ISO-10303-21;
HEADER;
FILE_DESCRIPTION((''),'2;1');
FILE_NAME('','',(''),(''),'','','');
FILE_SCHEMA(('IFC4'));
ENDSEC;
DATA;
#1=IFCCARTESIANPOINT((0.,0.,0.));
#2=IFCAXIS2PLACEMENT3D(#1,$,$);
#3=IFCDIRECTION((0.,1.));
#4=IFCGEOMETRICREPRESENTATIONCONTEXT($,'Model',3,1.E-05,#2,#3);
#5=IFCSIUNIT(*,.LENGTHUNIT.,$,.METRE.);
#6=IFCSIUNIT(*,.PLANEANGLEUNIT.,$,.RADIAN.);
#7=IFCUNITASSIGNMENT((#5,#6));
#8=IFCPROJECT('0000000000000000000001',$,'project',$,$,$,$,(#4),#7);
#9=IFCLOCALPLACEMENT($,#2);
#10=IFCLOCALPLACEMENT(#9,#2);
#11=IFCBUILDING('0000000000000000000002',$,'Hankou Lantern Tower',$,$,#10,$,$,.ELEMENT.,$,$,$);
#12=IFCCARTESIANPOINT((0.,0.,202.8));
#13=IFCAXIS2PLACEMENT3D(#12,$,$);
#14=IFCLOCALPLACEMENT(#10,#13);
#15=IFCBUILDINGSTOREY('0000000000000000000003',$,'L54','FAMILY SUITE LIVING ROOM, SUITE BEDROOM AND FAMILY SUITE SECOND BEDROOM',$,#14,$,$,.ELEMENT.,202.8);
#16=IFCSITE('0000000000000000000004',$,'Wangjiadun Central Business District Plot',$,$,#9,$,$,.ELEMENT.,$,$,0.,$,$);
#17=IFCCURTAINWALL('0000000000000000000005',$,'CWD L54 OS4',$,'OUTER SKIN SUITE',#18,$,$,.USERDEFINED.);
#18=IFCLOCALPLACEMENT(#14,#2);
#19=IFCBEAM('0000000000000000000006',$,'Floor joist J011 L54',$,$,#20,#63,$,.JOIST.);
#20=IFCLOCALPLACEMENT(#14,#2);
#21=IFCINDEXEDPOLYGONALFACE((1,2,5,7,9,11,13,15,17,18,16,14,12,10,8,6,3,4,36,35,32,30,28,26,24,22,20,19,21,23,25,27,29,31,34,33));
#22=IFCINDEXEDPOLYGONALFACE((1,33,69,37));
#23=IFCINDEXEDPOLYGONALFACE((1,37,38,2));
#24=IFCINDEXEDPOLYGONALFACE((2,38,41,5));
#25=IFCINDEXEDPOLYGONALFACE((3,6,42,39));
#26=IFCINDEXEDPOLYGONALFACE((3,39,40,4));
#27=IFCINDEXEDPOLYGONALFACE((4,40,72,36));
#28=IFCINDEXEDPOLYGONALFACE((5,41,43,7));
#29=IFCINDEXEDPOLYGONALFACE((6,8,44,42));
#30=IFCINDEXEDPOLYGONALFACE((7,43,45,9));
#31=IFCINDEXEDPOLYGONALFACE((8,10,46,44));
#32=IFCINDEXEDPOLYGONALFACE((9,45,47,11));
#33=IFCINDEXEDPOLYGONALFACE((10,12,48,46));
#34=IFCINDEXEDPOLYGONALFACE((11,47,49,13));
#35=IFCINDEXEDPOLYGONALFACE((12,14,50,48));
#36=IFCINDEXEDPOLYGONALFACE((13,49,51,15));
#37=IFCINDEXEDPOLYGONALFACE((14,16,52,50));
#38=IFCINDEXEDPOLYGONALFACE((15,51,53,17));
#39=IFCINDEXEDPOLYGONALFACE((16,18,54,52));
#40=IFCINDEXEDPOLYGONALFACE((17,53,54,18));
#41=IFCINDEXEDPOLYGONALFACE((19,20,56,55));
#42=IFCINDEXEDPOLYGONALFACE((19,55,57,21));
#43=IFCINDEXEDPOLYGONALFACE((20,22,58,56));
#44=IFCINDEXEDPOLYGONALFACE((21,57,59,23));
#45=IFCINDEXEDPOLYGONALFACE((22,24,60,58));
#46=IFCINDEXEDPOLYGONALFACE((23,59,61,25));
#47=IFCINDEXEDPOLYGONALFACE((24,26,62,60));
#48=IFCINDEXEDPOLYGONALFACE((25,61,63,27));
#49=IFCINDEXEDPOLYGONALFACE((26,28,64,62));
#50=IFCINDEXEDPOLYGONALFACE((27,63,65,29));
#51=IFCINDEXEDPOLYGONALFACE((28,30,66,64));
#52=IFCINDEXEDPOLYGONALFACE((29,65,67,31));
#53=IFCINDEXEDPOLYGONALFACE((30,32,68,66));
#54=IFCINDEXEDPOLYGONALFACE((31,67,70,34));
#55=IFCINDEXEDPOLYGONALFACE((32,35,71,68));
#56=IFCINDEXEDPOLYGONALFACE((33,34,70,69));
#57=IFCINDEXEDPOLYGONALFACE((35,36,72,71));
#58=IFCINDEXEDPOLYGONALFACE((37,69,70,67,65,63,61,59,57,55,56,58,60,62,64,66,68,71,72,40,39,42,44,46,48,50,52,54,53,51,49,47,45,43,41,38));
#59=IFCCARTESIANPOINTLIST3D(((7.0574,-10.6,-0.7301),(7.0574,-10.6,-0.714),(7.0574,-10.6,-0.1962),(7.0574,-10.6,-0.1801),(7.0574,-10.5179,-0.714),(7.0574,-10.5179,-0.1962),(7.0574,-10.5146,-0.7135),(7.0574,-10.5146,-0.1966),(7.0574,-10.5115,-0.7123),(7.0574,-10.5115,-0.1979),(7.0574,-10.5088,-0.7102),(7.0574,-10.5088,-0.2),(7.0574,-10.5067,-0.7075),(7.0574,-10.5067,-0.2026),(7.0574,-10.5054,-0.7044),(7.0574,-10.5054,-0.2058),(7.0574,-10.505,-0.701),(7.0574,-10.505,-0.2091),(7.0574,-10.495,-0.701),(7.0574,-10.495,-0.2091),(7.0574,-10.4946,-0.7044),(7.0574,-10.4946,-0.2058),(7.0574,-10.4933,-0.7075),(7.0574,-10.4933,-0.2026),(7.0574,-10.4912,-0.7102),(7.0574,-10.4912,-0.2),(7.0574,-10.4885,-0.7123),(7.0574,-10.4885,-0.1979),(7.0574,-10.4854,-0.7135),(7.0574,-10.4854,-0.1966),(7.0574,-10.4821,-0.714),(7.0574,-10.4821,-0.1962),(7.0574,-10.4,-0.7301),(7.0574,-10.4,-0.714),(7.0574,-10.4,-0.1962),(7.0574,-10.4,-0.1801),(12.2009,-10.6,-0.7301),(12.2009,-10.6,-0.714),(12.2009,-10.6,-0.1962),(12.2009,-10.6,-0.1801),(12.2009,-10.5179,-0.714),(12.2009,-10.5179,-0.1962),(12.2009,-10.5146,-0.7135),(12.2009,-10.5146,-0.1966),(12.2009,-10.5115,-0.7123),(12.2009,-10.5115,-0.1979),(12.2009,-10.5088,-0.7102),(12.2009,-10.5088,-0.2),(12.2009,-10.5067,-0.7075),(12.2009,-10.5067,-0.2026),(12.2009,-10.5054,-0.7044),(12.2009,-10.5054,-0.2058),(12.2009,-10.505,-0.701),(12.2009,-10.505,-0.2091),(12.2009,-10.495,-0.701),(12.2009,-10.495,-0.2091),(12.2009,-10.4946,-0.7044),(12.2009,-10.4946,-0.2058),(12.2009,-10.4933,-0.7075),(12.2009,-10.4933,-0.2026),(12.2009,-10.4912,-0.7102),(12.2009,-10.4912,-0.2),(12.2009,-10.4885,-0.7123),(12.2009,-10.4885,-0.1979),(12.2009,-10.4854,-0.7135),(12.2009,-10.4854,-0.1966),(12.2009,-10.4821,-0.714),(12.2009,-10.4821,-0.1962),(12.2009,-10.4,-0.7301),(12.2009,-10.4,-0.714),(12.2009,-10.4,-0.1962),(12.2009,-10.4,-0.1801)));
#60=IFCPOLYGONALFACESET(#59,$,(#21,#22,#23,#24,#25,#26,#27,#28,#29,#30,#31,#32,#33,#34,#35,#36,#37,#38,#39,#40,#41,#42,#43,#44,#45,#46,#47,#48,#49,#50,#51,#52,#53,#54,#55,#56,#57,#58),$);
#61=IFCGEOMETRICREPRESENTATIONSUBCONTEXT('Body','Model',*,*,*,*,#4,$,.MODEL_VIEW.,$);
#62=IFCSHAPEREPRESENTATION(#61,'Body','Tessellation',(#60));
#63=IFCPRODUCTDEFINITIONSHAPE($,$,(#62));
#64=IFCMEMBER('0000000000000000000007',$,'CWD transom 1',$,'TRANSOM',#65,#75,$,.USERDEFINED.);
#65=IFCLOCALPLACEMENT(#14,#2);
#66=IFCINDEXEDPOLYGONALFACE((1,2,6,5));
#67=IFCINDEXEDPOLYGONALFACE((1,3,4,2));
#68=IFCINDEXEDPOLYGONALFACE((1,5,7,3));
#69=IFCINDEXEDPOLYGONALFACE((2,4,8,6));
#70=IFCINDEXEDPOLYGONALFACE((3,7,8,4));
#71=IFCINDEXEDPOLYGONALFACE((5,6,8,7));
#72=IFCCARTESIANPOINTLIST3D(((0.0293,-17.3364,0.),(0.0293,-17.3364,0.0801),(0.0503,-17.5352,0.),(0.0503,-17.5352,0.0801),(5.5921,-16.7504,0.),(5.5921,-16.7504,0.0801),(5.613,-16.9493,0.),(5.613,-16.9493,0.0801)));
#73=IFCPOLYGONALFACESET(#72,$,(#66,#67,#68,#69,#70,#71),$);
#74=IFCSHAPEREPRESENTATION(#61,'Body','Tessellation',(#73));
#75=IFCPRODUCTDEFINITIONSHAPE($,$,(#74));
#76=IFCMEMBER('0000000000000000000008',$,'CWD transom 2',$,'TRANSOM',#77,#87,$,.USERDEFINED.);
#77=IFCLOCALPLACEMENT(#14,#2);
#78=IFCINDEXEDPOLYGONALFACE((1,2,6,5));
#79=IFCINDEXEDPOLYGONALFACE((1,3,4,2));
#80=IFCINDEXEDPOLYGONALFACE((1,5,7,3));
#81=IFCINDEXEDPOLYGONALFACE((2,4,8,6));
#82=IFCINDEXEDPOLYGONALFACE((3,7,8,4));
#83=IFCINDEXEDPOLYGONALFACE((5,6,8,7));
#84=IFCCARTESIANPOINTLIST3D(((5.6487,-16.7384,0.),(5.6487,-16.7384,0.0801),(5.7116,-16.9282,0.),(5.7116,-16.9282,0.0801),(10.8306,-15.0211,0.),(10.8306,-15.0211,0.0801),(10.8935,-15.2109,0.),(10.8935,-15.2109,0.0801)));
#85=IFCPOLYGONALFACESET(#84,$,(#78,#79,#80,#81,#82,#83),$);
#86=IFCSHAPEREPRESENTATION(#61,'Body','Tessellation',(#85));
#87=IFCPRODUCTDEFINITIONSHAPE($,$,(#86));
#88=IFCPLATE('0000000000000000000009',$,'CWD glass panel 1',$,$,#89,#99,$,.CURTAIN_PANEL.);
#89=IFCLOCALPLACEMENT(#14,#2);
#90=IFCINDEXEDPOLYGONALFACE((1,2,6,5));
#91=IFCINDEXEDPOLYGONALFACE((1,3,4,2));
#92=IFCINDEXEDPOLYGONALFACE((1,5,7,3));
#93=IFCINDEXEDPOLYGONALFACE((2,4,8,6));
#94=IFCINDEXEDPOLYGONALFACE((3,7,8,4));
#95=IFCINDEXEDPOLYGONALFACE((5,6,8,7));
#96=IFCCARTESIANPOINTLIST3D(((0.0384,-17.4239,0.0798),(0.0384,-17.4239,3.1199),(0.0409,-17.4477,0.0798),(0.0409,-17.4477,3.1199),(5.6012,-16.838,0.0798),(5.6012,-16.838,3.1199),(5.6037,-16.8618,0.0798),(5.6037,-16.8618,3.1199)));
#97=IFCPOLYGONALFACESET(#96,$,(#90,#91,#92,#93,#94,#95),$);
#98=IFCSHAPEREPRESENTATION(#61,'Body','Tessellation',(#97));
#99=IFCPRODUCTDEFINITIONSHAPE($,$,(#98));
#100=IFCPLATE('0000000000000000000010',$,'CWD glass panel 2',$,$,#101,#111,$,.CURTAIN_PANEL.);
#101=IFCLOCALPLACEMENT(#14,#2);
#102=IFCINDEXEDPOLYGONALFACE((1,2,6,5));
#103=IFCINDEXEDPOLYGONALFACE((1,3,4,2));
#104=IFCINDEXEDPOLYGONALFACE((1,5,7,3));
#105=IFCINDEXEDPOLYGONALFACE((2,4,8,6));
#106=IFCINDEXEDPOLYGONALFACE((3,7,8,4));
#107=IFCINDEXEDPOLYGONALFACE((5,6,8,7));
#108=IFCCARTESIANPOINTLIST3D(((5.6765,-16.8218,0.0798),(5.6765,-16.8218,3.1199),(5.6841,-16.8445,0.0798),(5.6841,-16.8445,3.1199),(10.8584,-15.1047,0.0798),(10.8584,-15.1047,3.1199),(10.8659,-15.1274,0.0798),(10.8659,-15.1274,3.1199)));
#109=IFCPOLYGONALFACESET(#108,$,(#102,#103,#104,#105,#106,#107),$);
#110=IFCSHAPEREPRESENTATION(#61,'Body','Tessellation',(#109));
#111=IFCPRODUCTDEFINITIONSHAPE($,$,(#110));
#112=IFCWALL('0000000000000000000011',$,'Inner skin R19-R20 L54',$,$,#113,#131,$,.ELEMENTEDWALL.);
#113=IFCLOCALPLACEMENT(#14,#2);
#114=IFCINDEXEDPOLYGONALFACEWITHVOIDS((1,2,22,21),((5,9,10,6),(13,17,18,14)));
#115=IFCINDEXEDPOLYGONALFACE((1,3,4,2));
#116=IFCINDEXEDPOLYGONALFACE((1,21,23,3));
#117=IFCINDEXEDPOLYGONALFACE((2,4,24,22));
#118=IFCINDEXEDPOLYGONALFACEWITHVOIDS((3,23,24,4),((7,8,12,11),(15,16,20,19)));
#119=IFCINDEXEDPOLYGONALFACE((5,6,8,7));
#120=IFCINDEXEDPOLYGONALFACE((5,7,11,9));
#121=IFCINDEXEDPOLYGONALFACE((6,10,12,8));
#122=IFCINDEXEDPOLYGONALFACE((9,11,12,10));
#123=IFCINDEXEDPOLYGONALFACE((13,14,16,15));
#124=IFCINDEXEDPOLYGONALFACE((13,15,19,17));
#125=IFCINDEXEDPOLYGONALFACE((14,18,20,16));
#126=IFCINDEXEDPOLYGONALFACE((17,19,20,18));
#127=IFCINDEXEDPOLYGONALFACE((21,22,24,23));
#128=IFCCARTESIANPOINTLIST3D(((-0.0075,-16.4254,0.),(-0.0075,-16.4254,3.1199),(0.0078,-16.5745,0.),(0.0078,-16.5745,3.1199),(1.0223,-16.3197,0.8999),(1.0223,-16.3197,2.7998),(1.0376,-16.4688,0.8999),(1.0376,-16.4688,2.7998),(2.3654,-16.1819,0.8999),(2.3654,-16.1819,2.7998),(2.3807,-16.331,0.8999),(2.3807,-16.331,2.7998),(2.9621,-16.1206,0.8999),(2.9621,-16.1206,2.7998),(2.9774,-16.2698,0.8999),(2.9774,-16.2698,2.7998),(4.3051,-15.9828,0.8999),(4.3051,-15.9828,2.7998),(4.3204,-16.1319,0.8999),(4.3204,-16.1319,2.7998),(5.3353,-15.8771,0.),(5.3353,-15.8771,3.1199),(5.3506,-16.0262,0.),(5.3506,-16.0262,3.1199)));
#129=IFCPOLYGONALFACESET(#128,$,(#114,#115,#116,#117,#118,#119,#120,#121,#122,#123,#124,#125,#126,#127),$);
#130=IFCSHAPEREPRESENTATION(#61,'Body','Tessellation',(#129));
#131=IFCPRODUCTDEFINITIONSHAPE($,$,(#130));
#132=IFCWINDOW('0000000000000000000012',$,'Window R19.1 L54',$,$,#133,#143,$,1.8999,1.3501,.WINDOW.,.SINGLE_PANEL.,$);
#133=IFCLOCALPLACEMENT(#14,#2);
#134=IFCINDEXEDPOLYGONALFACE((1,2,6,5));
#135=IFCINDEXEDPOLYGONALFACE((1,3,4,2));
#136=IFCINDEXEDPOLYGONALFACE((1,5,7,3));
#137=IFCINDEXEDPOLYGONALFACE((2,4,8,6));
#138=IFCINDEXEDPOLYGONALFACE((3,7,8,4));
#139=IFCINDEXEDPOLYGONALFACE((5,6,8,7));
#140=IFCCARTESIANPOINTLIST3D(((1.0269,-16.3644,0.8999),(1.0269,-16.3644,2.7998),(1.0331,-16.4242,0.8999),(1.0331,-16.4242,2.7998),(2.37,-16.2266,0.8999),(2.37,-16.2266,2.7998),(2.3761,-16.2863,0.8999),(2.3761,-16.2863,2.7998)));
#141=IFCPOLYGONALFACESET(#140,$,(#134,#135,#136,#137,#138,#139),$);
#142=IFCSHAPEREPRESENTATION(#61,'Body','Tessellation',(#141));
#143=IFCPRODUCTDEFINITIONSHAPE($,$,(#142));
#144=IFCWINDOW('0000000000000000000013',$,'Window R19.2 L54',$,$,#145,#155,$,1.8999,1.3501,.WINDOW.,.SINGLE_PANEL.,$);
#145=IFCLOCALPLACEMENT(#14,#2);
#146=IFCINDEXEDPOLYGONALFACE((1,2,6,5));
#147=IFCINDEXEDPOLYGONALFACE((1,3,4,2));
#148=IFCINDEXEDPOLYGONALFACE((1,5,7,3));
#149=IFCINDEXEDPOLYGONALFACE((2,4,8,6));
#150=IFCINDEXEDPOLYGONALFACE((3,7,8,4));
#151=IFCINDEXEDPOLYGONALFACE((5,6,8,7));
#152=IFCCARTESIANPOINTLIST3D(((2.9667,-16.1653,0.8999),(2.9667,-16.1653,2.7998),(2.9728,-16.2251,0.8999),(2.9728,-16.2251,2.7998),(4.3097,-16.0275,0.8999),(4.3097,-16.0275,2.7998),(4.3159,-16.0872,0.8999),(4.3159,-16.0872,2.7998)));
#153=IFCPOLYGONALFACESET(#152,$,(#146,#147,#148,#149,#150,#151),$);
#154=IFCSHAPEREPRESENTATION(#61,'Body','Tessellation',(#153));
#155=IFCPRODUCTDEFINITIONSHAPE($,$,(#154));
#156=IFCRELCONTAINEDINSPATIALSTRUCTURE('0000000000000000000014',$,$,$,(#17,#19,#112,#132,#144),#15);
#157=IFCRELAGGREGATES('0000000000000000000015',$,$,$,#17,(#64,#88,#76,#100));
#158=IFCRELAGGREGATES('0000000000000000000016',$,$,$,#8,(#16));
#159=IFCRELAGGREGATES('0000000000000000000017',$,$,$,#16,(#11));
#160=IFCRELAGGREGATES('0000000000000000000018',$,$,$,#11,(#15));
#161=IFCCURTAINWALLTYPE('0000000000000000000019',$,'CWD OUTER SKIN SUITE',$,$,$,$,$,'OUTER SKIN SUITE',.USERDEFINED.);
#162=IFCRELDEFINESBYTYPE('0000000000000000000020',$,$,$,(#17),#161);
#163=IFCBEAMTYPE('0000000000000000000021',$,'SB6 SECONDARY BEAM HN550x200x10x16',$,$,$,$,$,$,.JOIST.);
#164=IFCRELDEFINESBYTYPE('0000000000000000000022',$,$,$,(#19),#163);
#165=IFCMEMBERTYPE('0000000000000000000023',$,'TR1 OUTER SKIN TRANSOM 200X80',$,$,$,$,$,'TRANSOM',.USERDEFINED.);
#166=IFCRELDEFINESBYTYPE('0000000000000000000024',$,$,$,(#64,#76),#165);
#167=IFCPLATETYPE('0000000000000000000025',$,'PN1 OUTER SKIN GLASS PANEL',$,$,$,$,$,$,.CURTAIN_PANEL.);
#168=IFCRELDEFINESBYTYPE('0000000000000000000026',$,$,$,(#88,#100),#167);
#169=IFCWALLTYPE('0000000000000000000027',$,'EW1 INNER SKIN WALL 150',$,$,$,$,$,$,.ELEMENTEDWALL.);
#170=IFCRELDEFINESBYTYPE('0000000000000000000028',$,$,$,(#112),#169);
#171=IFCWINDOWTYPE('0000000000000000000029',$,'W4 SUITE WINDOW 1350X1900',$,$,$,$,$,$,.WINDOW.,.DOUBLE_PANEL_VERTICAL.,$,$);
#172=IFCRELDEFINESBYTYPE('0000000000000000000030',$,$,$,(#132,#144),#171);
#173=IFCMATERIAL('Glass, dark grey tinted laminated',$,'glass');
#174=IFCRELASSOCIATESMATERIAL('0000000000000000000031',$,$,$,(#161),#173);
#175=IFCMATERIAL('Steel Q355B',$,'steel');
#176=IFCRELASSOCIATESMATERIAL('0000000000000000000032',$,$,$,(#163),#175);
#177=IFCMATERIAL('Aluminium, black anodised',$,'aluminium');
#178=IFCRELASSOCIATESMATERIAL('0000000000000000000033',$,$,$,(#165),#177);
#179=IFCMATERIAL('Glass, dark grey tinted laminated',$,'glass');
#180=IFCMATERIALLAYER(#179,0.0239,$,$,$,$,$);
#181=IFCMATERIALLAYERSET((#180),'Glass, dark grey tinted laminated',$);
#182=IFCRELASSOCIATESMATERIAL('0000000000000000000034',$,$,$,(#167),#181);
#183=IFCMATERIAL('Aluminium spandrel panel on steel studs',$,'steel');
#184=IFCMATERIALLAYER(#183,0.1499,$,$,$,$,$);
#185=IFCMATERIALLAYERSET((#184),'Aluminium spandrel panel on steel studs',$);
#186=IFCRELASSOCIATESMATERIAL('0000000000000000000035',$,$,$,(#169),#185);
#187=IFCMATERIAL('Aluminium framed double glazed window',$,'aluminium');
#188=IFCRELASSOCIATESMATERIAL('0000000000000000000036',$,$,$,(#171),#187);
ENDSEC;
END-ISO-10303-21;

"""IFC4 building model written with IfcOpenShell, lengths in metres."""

from ifc_helpers import new_model, si_unit, direction, frame, frame_2d, origin, origin_2d, place, context, subcontext, project, spatial, rectangle, i_section, extrude, material, layer, layer_set, material_profile, profile_set, type_object, element, fill, aggregate, save


model = new_model("IFC4")

# Units and contexts
model_context = context("Model", 3, precision=1e-05, world=origin(), true_north=direction((0.0, 1.0)))
body_context = subcontext(model_context, "Body", "Model", "MODEL_VIEW")
ifc_project = project(units=[si_unit("LENGTHUNIT", "METRE"), si_unit("PLANEANGLEUNIT", "RADIAN")], contexts=[model_context])

# Site, building, storey
site_placement = place(None, origin())
site = spatial("IfcSite", under=ifc_project, at=site_placement, Name="Wangjiadun Central Business District Plot", CompositionType="ELEMENT", RefElevation=0.0)
building_placement = place(site_placement, origin())
building = spatial("IfcBuilding", under=site, at=building_placement, Name="Hankou Lantern Tower", CompositionType="ELEMENT")
storey_placement = place(building_placement, frame((0.0, 0.0, 202.8)))
storey = spatial("IfcBuildingStorey", under=building, at=storey_placement, Name="L54", Description="FAMILY SUITE LIVING ROOM, SUITE BEDROOM AND FAMILY SUITE SECOND BEDROOM", CompositionType="ELEMENT", Elevation=202.8)

# Curtain wall
ifc_material_1 = material(Name="Glass, dark grey tinted laminated", Category="glass")
curtain_wall_type = type_object("IfcCurtainWallType", Name="CWD OUTER SKIN SUITE", ElementType="OUTER SKIN SUITE", PredefinedType="USERDEFINED", material=ifc_material_1)
curtain_wall_placement = place(storey_placement, origin())
curtain_wall = element("IfcCurtainWall", 1, at=curtain_wall_placement, inside=storey, type_object=curtain_wall_type, Name="CWD L54 OS4", ObjectType="OUTER SKIN SUITE", PredefinedType="USERDEFINED")

# Beam
ifc_material_2 = material(Name="Steel Q355B", Category="steel")
ifc_material_profile_1 = material_profile(ifc_material_2, i_section(OverallWidth=0.2, OverallDepth=0.55, WebThickness=0.01, FlangeThickness=0.0161, FilletRadius=0.0129, at=origin_2d()), Name="HN550x200x10x16")
ifc_profile_set_1 = profile_set([ifc_material_profile_1], Name="Steel Q355B")
beam_type_1 = type_object("IfcBeamType", Name="SB6 SECONDARY BEAM HN550x200x10x16", PredefinedType="JOIST", material=ifc_profile_set_1)
beam_1_placement = place(storey_placement, frame((7.0574, -10.5, -0.4551), z_axis=(1.0, 0.0, 0.0), x_axis=(0.0, 1.0, 0.0)))
element("IfcBeam", 2, at=beam_1_placement, inside=storey, type_object=beam_type_1, Name="Floor joist J011 L54", PredefinedType="JOIST", context=body_context, shape_type="SweptSolid", body=[
    extrude(i_section(OverallWidth=0.2, OverallDepth=0.55, WebThickness=0.01, FlangeThickness=0.0161, FilletRadius=0.0129, at=origin_2d()), origin(), (0.0, 0.0, 1.0), 5.1436),
])

# Members
ifc_material_3 = material(Name="Aluminium, black anodised", Category="aluminium")
ifc_material_profile_2 = material_profile(ifc_material_3, rectangle(XDim=0.2, YDim=0.0801, at=origin_2d()), Name="TR1 200X80")
ifc_profile_set_2 = profile_set([ifc_material_profile_2], Name="Aluminium, black anodised")
member_type_1 = type_object("IfcMemberType", Name="TR1 OUTER SKIN TRANSOM 200X80", ElementType="TRANSOM", PredefinedType="USERDEFINED", material=ifc_profile_set_2)
member_1_placement = place(storey_placement, frame((0.0398, -17.4358, 0.04), z_axis=(0.994498, 0.104753, 0.0), x_axis=(-0.104753, 0.994498, 0.0)))
member_1 = element("IfcMember", 3, at=member_1_placement, type_object=member_type_1, Name="CWD transom 1", ObjectType="TRANSOM", PredefinedType="USERDEFINED", context=body_context, shape_type="SweptSolid", body=[
    extrude(rectangle(XDim=0.2, YDim=0.0801, at=origin_2d()), origin(), (0.0, 0.0, 1.0), 5.5935),
])
member_2_placement = place(storey_placement, frame((5.6802, -16.8333, 0.04), z_axis=(0.949232, 0.314577, 0.0), x_axis=(-0.314577, 0.949232, 0.0)))
member_2 = element("IfcMember", 4, at=member_2_placement, type_object=member_type_1, Name="CWD transom 2", ObjectType="TRANSOM", PredefinedType="USERDEFINED", context=body_context, shape_type="SweptSolid", body=[
    extrude(rectangle(XDim=0.2, YDim=0.0801, at=origin_2d()), origin(), (0.0, 0.0, 1.0), 5.459),
])

# Plates
ifc_material_4 = material(Name="Glass, dark grey tinted laminated", Category="glass")
ifc_layer_1 = layer(ifc_material_4, 0.0239)
ifc_layer_set_1 = layer_set([ifc_layer_1], Name="Glass, dark grey tinted laminated")
plate_type = type_object("IfcPlateType", Name="PN1 OUTER SKIN GLASS PANEL", PredefinedType="CURTAIN_PANEL", material=ifc_layer_set_1)
plate_1_placement = place(storey_placement, frame((2.821, -17.1428, 0.0798), z_axis=(0.0, 0.0, 1.0), x_axis=(0.994499, 0.104743, 0.0)))
plate_1 = element("IfcPlate", 5, at=plate_1_placement, type_object=plate_type, Name="CWD glass panel 1", PredefinedType="CURTAIN_PANEL", context=body_context, shape_type="SweptSolid", body=[
    extrude(rectangle(XDim=5.5935, YDim=0.0239, at=origin_2d()), origin(), (0.0, 0.0, 1.0), 3.04),
])
plate_2_placement = place(storey_placement, frame((8.2712, -15.9746, 0.0798), z_axis=(0.0, 0.0, 1.0), x_axis=(0.949241, 0.314551, 0.0)))
plate_2 = element("IfcPlate", 6, at=plate_2_placement, type_object=plate_type, Name="CWD glass panel 2", PredefinedType="CURTAIN_PANEL", context=body_context, shape_type="SweptSolid", body=[
    extrude(rectangle(XDim=5.459, YDim=0.0239, at=origin_2d()), origin(), (0.0, 0.0, 1.0), 3.04),
])
aggregate(curtain_wall, [member_1, plate_1, member_2, plate_2])

# Wall, openings, windows
ifc_material_5 = material(Name="Aluminium spandrel panel on steel studs", Category="steel")
ifc_layer_2 = layer(ifc_material_5, 0.1499)
ifc_layer_set_2 = layer_set([ifc_layer_2], Name="Aluminium spandrel panel on steel studs")
wall_type_1 = type_object("IfcWallType", Name="EW1 INNER SKIN WALL 150", PredefinedType="ELEMENTEDWALL", material=ifc_layer_set_2)
wall_1_placement = place(storey_placement, frame((0.0, -16.5, 0.0), z_axis=(0.0, 0.0, 1.0), x_axis=(0.994775, 0.102096, 0.0)))
wall_1 = element("IfcWall", 7, at=wall_1_placement, inside=storey, type_object=wall_type_1, Name="Inner skin R19-R20 L54", PredefinedType="ELEMENTEDWALL", context=body_context, shape_type="SweptSolid", body=[
    extrude(rectangle(XDim=5.3708, YDim=0.1499, at=frame_2d((2.6855, 0.0))), origin(), (0.0, 0.0, 1.0), 3.1199),
])
opening_1_placement = place(wall_1_placement, frame((1.0354, 0.0, 0.8999)))
opening_1 = element("IfcOpeningElement", 8, at=opening_1_placement, cuts=wall_1, PredefinedType="OPENING", context=body_context, shape_type="SweptSolid", body=[
    extrude(rectangle(XDim=1.3501, YDim=1.8999, at=frame_2d((0.675, 0.95))), frame((0.0, 0.085, 0.0), z_axis=(0.0, -1.0, 0.0), x_axis=(1.0, 0.0, 0.0)), (0.0, 0.0, 1.0), 0.1699),
])
opening_2_placement = place(wall_1_placement, frame((2.9854, 0.0, 0.8999)))
opening_2 = element("IfcOpeningElement", 9, at=opening_2_placement, cuts=wall_1, PredefinedType="OPENING", context=body_context, shape_type="SweptSolid", body=[
    extrude(rectangle(XDim=1.3501, YDim=1.8999, at=frame_2d((0.675, 0.95))), frame((0.0, 0.085, 0.0), z_axis=(0.0, -1.0, 0.0), x_axis=(1.0, 0.0, 0.0)), (0.0, 0.0, 1.0), 0.1699),
])
ifc_material_6 = material(Name="Aluminium framed double glazed window", Category="aluminium")
window_type = type_object("IfcWindowType", Name="W4 SUITE WINDOW 1350X1900", PartitioningType="DOUBLE_PANEL_VERTICAL", PredefinedType="WINDOW", material=ifc_material_6)
window_1_placement = place(opening_1_placement, origin())
window_1 = element("IfcWindow", 10, at=window_1_placement, inside=storey, type_object=window_type, Name="Window R19.1 L54", OverallHeight=1.8999, OverallWidth=1.3501, PartitioningType="SINGLE_PANEL", PredefinedType="WINDOW", context=body_context, shape_type="SweptSolid", body=[
    extrude(rectangle(XDim=1.3501, YDim=1.8999, at=frame_2d((0.675, 0.95))), frame((0.0, 0.03, 0.0), z_axis=(0.0, -1.0, 0.0), x_axis=(1.0, 0.0, 0.0)), (0.0, 0.0, 1.0), 0.0601),
])
fill(opening_1, window_1)
window_2_placement = place(opening_2_placement, origin())
window_2 = element("IfcWindow", 11, at=window_2_placement, inside=storey, type_object=window_type, Name="Window R19.2 L54", OverallHeight=1.8999, OverallWidth=1.3501, PartitioningType="SINGLE_PANEL", PredefinedType="WINDOW", context=body_context, shape_type="SweptSolid", body=[
    extrude(rectangle(XDim=1.3501, YDim=1.8999, at=frame_2d((0.675, 0.95))), frame((0.0, 0.03, 0.0), z_axis=(0.0, -1.0, 0.0), x_axis=(1.0, 0.0, 0.0)), (0.0, 0.0, 1.0), 0.0601),
])
fill(opening_2, window_2)

save(model, "model.ifc")
